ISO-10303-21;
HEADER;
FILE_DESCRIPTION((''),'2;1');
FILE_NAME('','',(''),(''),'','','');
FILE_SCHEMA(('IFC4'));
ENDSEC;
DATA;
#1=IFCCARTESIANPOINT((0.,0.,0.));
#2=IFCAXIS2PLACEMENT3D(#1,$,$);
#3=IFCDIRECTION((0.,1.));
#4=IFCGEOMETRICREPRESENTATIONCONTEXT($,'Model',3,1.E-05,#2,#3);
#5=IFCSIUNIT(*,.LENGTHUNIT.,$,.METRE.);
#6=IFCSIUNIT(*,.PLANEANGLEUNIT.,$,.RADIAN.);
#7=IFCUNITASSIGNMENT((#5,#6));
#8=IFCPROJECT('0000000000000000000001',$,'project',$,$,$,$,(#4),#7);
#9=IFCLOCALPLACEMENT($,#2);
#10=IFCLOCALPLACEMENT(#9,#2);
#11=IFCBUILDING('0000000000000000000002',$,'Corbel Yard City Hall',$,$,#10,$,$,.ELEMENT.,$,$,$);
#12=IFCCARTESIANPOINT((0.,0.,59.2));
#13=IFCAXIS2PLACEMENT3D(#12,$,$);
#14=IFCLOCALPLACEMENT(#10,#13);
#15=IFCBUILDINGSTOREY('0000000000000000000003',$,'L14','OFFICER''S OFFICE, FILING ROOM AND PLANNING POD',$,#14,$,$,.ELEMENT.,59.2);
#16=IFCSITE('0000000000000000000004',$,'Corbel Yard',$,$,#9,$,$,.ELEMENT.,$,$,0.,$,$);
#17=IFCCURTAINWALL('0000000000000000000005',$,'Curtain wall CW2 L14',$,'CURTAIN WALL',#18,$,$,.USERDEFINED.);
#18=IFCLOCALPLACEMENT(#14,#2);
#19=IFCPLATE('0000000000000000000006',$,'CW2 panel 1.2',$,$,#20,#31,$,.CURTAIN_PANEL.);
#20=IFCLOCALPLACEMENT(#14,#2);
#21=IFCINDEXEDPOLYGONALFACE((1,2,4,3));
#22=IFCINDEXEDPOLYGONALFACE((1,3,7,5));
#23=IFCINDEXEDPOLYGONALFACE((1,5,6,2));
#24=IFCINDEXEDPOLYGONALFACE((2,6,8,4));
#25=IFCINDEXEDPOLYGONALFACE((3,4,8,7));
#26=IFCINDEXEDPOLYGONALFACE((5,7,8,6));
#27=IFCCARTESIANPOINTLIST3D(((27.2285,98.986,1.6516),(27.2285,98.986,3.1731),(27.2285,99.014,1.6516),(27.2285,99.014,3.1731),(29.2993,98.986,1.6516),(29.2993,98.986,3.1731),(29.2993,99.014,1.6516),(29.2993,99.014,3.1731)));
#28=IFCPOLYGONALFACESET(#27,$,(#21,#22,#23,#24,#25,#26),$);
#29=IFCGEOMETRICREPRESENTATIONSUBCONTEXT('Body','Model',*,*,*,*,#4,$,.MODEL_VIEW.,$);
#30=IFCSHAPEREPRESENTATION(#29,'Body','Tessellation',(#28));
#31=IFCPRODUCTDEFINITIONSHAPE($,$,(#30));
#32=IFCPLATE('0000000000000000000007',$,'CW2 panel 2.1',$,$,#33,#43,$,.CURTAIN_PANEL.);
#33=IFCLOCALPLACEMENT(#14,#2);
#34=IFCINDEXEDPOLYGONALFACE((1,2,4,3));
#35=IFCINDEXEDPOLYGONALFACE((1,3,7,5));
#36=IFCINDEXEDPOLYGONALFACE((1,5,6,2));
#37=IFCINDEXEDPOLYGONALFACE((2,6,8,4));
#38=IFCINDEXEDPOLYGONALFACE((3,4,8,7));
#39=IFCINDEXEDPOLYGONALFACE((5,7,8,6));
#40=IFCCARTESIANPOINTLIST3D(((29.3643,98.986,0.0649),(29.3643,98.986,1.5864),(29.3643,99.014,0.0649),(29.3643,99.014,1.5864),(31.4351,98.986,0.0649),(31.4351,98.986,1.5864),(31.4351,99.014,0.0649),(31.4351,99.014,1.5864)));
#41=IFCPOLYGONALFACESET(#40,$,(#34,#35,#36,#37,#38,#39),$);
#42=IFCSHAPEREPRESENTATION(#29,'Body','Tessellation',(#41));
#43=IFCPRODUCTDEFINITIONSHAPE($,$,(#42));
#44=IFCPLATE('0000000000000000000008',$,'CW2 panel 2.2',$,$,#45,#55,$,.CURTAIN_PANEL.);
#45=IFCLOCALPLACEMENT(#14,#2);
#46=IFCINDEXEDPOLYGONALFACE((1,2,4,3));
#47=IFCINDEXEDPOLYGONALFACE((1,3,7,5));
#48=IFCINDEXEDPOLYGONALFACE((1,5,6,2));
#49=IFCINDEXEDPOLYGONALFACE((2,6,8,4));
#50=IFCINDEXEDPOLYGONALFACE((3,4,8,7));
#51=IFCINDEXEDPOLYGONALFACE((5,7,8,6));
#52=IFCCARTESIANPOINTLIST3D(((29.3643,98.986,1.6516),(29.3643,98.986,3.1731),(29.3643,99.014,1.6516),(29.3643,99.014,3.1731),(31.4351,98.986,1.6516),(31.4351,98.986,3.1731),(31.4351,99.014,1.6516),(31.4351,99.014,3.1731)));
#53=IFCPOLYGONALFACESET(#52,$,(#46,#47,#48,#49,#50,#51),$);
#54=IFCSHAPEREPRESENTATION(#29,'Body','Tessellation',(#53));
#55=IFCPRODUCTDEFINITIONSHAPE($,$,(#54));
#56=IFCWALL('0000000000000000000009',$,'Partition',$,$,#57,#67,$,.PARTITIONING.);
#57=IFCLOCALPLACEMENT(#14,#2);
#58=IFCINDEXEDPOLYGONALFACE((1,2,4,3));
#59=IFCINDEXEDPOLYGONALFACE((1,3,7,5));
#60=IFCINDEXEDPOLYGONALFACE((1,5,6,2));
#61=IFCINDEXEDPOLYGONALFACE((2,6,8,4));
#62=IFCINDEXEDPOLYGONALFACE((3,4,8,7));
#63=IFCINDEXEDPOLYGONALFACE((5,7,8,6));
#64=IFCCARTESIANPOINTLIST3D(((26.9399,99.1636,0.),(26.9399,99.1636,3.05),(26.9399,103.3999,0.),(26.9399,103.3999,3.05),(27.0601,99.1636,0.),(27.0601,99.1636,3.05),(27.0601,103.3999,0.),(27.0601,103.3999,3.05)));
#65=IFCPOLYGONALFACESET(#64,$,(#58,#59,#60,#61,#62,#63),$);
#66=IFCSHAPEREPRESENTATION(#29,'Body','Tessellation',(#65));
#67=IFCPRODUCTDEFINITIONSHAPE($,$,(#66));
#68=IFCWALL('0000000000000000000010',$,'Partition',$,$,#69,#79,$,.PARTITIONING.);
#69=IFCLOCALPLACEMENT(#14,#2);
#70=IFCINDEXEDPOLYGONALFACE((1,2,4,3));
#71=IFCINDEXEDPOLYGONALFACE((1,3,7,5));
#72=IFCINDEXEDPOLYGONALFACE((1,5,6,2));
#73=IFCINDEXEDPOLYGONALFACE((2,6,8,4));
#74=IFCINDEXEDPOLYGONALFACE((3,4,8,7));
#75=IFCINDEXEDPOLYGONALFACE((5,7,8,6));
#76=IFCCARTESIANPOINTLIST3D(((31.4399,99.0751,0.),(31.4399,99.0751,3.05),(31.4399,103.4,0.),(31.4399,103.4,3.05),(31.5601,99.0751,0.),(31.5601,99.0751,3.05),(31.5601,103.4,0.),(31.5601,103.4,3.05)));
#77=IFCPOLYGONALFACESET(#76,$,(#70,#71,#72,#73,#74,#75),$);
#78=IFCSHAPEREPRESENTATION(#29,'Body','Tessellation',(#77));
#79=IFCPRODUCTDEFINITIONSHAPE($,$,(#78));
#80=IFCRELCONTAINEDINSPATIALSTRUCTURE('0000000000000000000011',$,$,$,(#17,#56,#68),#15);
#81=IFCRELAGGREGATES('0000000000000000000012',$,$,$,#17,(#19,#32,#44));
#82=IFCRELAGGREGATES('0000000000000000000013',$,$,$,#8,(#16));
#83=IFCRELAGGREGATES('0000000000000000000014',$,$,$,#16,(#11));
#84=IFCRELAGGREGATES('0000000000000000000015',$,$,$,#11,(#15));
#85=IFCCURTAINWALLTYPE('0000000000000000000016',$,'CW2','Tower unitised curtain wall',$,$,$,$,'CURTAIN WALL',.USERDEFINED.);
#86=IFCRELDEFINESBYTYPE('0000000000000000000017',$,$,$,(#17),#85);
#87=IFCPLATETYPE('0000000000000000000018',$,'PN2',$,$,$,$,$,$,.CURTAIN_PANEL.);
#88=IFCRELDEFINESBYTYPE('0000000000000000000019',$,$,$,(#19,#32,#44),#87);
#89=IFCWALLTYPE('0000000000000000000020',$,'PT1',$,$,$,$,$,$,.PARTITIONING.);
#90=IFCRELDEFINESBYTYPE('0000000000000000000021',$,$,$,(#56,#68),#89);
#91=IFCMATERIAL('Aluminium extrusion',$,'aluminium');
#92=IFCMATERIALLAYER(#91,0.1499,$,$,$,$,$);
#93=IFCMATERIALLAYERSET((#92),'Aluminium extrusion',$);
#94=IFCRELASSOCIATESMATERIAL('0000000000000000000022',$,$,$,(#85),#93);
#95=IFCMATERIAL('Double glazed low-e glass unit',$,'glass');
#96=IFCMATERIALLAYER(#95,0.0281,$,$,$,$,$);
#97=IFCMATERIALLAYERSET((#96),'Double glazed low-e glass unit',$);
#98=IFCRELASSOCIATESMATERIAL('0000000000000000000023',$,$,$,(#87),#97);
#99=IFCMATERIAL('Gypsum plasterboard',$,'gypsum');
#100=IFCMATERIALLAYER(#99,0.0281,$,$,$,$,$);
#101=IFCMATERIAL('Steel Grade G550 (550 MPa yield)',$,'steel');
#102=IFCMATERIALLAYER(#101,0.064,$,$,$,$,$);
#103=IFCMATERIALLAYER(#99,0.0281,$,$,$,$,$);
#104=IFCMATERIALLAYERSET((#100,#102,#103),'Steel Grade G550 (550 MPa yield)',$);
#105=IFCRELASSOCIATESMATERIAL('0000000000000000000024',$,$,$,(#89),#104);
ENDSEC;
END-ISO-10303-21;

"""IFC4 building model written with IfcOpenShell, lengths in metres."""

from ifc_helpers import new_model, si_unit, direction, frame, frame_2d, origin, origin_2d, place, context, subcontext, project, spatial, rectangle, extrude, material, layer, layer_set, type_object, element, aggregate, save


model = new_model("IFC4")

# Units and contexts
model_context = context("Model", 3, precision=1e-05, world=origin(), true_north=direction((0.0, 1.0)))
body_context = subcontext(model_context, "Body", "Model", "MODEL_VIEW")
ifc_project = project(units=[si_unit("LENGTHUNIT", "METRE"), si_unit("PLANEANGLEUNIT", "RADIAN")], contexts=[model_context])

# Site, building, storey
site_placement = place(None, origin())
site = spatial("IfcSite", under=ifc_project, at=site_placement, Name="Corbel Yard", CompositionType="ELEMENT", RefElevation=0.0)
building_placement = place(site_placement, origin())
building = spatial("IfcBuilding", under=site, at=building_placement, Name="Corbel Yard City Hall", CompositionType="ELEMENT")
storey_placement = place(building_placement, frame((0.0, 0.0, 59.2)))
storey = spatial("IfcBuildingStorey", under=building, at=storey_placement, Name="L14", Description="OFFICER'S OFFICE, FILING ROOM AND PLANNING POD", CompositionType="ELEMENT", Elevation=59.2)

# Curtain wall, plates
ifc_material_1 = material(Name="Aluminium extrusion", Category="aluminium")
ifc_layer_1 = layer(ifc_material_1, 0.1499)
ifc_layer_set_1 = layer_set([ifc_layer_1], Name="Aluminium extrusion")
curtain_wall_type = type_object("IfcCurtainWallType", Name="CW2", Description="Tower unitised curtain wall", ElementType="CURTAIN WALL", PredefinedType="USERDEFINED", material=ifc_layer_set_1)
curtain_wall_placement = place(storey_placement, origin())
curtain_wall = element("IfcCurtainWall", 1, at=curtain_wall_placement, inside=storey, type_object=curtain_wall_type, Name="Curtain wall CW2 L14", ObjectType="CURTAIN WALL", PredefinedType="USERDEFINED")
ifc_material_2 = material(Name="Double glazed low-e glass unit", Category="glass")
ifc_layer_2 = layer(ifc_material_2, 0.0281)
ifc_layer_set_2 = layer_set([ifc_layer_2], Name="Double glazed low-e glass unit")
plate_type = type_object("IfcPlateType", Name="PN2", PredefinedType="CURTAIN_PANEL", material=ifc_layer_set_2)
plate_1_placement = place(storey_placement, frame((28.2639, 99.0, 1.6516), z_axis=(0.0, 0.0, 1.0), x_axis=(1.0, 0.0, 0.0)))
plate_1 = element("IfcPlate", 2, at=plate_1_placement, type_object=plate_type, Name="CW2 panel 1.2", PredefinedType="CURTAIN_PANEL", context=body_context, shape_type="SweptSolid", body=[
    extrude(rectangle(XDim=2.0708, YDim=0.0281, at=origin_2d()), origin(), (0.0, 0.0, 1.0), 1.5215),
])
plate_2_placement = place(storey_placement, frame((30.3997, 99.0, 0.0649), z_axis=(0.0, 0.0, 1.0), x_axis=(1.0, 0.0, 0.0)))
plate_2 = element("IfcPlate", 3, at=plate_2_placement, type_object=plate_type, Name="CW2 panel 2.1", PredefinedType="CURTAIN_PANEL", context=body_context, shape_type="SweptSolid", body=[
    extrude(rectangle(XDim=2.0708, YDim=0.0281, at=origin_2d()), origin(), (0.0, 0.0, 1.0), 1.5215),
])
plate_3_placement = place(storey_placement, frame((30.3997, 99.0, 1.6516), z_axis=(0.0, 0.0, 1.0), x_axis=(1.0, 0.0, 0.0)))
plate_3 = element("IfcPlate", 4, at=plate_3_placement, type_object=plate_type, Name="CW2 panel 2.2", PredefinedType="CURTAIN_PANEL", context=body_context, shape_type="SweptSolid", body=[
    extrude(rectangle(XDim=2.0708, YDim=0.0281, at=origin_2d()), origin(), (0.0, 0.0, 1.0), 1.5215),
])
aggregate(curtain_wall, [plate_1, plate_2, plate_3])

# Walls
ifc_material_3 = material(Name="Gypsum plasterboard", Category="gypsum")
ifc_layer_3 = layer(ifc_material_3, 0.0281)
ifc_material_4 = material(Name="Steel Grade G550 (550 MPa yield)", Category="steel")
ifc_layer_4 = layer(ifc_material_4, 0.064)
ifc_layer_5 = layer(ifc_material_3, 0.0281)
ifc_layer_set_3 = layer_set([ifc_layer_3, ifc_layer_4, ifc_layer_5], Name="Steel Grade G550 (550 MPa yield)")
wall_type = type_object("IfcWallType", Name="PT1", PredefinedType="PARTITIONING", material=ifc_layer_set_3)
wall_1_placement = place(storey_placement, frame((27.0, 99.1636, 0.0), z_axis=(0.0, 0.0, 1.0), x_axis=(0.0, 1.0, 0.0)))
element("IfcWall", 5, at=wall_1_placement, inside=storey, type_object=wall_type, Name="Partition", PredefinedType="PARTITIONING", context=body_context, shape_type="SweptSolid", body=[
    extrude(rectangle(XDim=4.2363, YDim=0.1201, at=frame_2d((2.1182, 0.0))), origin(), (0.0, 0.0, 1.0), 3.05),
])
wall_2_placement = place(storey_placement, frame((31.5, 99.075, 0.0), z_axis=(0.0, 0.0, 1.0), x_axis=(0.0, 1.0, 0.0)))
element("IfcWall", 6, at=wall_2_placement, inside=storey, type_object=wall_type, Name="Partition", PredefinedType="PARTITIONING", context=body_context, shape_type="SweptSolid", body=[
    extrude(rectangle(XDim=4.325, YDim=0.1201, at=frame_2d((2.1626, 0.0))), origin(), (0.0, 0.0, 1.0), 3.05),
])

save(model, "model.ifc")
